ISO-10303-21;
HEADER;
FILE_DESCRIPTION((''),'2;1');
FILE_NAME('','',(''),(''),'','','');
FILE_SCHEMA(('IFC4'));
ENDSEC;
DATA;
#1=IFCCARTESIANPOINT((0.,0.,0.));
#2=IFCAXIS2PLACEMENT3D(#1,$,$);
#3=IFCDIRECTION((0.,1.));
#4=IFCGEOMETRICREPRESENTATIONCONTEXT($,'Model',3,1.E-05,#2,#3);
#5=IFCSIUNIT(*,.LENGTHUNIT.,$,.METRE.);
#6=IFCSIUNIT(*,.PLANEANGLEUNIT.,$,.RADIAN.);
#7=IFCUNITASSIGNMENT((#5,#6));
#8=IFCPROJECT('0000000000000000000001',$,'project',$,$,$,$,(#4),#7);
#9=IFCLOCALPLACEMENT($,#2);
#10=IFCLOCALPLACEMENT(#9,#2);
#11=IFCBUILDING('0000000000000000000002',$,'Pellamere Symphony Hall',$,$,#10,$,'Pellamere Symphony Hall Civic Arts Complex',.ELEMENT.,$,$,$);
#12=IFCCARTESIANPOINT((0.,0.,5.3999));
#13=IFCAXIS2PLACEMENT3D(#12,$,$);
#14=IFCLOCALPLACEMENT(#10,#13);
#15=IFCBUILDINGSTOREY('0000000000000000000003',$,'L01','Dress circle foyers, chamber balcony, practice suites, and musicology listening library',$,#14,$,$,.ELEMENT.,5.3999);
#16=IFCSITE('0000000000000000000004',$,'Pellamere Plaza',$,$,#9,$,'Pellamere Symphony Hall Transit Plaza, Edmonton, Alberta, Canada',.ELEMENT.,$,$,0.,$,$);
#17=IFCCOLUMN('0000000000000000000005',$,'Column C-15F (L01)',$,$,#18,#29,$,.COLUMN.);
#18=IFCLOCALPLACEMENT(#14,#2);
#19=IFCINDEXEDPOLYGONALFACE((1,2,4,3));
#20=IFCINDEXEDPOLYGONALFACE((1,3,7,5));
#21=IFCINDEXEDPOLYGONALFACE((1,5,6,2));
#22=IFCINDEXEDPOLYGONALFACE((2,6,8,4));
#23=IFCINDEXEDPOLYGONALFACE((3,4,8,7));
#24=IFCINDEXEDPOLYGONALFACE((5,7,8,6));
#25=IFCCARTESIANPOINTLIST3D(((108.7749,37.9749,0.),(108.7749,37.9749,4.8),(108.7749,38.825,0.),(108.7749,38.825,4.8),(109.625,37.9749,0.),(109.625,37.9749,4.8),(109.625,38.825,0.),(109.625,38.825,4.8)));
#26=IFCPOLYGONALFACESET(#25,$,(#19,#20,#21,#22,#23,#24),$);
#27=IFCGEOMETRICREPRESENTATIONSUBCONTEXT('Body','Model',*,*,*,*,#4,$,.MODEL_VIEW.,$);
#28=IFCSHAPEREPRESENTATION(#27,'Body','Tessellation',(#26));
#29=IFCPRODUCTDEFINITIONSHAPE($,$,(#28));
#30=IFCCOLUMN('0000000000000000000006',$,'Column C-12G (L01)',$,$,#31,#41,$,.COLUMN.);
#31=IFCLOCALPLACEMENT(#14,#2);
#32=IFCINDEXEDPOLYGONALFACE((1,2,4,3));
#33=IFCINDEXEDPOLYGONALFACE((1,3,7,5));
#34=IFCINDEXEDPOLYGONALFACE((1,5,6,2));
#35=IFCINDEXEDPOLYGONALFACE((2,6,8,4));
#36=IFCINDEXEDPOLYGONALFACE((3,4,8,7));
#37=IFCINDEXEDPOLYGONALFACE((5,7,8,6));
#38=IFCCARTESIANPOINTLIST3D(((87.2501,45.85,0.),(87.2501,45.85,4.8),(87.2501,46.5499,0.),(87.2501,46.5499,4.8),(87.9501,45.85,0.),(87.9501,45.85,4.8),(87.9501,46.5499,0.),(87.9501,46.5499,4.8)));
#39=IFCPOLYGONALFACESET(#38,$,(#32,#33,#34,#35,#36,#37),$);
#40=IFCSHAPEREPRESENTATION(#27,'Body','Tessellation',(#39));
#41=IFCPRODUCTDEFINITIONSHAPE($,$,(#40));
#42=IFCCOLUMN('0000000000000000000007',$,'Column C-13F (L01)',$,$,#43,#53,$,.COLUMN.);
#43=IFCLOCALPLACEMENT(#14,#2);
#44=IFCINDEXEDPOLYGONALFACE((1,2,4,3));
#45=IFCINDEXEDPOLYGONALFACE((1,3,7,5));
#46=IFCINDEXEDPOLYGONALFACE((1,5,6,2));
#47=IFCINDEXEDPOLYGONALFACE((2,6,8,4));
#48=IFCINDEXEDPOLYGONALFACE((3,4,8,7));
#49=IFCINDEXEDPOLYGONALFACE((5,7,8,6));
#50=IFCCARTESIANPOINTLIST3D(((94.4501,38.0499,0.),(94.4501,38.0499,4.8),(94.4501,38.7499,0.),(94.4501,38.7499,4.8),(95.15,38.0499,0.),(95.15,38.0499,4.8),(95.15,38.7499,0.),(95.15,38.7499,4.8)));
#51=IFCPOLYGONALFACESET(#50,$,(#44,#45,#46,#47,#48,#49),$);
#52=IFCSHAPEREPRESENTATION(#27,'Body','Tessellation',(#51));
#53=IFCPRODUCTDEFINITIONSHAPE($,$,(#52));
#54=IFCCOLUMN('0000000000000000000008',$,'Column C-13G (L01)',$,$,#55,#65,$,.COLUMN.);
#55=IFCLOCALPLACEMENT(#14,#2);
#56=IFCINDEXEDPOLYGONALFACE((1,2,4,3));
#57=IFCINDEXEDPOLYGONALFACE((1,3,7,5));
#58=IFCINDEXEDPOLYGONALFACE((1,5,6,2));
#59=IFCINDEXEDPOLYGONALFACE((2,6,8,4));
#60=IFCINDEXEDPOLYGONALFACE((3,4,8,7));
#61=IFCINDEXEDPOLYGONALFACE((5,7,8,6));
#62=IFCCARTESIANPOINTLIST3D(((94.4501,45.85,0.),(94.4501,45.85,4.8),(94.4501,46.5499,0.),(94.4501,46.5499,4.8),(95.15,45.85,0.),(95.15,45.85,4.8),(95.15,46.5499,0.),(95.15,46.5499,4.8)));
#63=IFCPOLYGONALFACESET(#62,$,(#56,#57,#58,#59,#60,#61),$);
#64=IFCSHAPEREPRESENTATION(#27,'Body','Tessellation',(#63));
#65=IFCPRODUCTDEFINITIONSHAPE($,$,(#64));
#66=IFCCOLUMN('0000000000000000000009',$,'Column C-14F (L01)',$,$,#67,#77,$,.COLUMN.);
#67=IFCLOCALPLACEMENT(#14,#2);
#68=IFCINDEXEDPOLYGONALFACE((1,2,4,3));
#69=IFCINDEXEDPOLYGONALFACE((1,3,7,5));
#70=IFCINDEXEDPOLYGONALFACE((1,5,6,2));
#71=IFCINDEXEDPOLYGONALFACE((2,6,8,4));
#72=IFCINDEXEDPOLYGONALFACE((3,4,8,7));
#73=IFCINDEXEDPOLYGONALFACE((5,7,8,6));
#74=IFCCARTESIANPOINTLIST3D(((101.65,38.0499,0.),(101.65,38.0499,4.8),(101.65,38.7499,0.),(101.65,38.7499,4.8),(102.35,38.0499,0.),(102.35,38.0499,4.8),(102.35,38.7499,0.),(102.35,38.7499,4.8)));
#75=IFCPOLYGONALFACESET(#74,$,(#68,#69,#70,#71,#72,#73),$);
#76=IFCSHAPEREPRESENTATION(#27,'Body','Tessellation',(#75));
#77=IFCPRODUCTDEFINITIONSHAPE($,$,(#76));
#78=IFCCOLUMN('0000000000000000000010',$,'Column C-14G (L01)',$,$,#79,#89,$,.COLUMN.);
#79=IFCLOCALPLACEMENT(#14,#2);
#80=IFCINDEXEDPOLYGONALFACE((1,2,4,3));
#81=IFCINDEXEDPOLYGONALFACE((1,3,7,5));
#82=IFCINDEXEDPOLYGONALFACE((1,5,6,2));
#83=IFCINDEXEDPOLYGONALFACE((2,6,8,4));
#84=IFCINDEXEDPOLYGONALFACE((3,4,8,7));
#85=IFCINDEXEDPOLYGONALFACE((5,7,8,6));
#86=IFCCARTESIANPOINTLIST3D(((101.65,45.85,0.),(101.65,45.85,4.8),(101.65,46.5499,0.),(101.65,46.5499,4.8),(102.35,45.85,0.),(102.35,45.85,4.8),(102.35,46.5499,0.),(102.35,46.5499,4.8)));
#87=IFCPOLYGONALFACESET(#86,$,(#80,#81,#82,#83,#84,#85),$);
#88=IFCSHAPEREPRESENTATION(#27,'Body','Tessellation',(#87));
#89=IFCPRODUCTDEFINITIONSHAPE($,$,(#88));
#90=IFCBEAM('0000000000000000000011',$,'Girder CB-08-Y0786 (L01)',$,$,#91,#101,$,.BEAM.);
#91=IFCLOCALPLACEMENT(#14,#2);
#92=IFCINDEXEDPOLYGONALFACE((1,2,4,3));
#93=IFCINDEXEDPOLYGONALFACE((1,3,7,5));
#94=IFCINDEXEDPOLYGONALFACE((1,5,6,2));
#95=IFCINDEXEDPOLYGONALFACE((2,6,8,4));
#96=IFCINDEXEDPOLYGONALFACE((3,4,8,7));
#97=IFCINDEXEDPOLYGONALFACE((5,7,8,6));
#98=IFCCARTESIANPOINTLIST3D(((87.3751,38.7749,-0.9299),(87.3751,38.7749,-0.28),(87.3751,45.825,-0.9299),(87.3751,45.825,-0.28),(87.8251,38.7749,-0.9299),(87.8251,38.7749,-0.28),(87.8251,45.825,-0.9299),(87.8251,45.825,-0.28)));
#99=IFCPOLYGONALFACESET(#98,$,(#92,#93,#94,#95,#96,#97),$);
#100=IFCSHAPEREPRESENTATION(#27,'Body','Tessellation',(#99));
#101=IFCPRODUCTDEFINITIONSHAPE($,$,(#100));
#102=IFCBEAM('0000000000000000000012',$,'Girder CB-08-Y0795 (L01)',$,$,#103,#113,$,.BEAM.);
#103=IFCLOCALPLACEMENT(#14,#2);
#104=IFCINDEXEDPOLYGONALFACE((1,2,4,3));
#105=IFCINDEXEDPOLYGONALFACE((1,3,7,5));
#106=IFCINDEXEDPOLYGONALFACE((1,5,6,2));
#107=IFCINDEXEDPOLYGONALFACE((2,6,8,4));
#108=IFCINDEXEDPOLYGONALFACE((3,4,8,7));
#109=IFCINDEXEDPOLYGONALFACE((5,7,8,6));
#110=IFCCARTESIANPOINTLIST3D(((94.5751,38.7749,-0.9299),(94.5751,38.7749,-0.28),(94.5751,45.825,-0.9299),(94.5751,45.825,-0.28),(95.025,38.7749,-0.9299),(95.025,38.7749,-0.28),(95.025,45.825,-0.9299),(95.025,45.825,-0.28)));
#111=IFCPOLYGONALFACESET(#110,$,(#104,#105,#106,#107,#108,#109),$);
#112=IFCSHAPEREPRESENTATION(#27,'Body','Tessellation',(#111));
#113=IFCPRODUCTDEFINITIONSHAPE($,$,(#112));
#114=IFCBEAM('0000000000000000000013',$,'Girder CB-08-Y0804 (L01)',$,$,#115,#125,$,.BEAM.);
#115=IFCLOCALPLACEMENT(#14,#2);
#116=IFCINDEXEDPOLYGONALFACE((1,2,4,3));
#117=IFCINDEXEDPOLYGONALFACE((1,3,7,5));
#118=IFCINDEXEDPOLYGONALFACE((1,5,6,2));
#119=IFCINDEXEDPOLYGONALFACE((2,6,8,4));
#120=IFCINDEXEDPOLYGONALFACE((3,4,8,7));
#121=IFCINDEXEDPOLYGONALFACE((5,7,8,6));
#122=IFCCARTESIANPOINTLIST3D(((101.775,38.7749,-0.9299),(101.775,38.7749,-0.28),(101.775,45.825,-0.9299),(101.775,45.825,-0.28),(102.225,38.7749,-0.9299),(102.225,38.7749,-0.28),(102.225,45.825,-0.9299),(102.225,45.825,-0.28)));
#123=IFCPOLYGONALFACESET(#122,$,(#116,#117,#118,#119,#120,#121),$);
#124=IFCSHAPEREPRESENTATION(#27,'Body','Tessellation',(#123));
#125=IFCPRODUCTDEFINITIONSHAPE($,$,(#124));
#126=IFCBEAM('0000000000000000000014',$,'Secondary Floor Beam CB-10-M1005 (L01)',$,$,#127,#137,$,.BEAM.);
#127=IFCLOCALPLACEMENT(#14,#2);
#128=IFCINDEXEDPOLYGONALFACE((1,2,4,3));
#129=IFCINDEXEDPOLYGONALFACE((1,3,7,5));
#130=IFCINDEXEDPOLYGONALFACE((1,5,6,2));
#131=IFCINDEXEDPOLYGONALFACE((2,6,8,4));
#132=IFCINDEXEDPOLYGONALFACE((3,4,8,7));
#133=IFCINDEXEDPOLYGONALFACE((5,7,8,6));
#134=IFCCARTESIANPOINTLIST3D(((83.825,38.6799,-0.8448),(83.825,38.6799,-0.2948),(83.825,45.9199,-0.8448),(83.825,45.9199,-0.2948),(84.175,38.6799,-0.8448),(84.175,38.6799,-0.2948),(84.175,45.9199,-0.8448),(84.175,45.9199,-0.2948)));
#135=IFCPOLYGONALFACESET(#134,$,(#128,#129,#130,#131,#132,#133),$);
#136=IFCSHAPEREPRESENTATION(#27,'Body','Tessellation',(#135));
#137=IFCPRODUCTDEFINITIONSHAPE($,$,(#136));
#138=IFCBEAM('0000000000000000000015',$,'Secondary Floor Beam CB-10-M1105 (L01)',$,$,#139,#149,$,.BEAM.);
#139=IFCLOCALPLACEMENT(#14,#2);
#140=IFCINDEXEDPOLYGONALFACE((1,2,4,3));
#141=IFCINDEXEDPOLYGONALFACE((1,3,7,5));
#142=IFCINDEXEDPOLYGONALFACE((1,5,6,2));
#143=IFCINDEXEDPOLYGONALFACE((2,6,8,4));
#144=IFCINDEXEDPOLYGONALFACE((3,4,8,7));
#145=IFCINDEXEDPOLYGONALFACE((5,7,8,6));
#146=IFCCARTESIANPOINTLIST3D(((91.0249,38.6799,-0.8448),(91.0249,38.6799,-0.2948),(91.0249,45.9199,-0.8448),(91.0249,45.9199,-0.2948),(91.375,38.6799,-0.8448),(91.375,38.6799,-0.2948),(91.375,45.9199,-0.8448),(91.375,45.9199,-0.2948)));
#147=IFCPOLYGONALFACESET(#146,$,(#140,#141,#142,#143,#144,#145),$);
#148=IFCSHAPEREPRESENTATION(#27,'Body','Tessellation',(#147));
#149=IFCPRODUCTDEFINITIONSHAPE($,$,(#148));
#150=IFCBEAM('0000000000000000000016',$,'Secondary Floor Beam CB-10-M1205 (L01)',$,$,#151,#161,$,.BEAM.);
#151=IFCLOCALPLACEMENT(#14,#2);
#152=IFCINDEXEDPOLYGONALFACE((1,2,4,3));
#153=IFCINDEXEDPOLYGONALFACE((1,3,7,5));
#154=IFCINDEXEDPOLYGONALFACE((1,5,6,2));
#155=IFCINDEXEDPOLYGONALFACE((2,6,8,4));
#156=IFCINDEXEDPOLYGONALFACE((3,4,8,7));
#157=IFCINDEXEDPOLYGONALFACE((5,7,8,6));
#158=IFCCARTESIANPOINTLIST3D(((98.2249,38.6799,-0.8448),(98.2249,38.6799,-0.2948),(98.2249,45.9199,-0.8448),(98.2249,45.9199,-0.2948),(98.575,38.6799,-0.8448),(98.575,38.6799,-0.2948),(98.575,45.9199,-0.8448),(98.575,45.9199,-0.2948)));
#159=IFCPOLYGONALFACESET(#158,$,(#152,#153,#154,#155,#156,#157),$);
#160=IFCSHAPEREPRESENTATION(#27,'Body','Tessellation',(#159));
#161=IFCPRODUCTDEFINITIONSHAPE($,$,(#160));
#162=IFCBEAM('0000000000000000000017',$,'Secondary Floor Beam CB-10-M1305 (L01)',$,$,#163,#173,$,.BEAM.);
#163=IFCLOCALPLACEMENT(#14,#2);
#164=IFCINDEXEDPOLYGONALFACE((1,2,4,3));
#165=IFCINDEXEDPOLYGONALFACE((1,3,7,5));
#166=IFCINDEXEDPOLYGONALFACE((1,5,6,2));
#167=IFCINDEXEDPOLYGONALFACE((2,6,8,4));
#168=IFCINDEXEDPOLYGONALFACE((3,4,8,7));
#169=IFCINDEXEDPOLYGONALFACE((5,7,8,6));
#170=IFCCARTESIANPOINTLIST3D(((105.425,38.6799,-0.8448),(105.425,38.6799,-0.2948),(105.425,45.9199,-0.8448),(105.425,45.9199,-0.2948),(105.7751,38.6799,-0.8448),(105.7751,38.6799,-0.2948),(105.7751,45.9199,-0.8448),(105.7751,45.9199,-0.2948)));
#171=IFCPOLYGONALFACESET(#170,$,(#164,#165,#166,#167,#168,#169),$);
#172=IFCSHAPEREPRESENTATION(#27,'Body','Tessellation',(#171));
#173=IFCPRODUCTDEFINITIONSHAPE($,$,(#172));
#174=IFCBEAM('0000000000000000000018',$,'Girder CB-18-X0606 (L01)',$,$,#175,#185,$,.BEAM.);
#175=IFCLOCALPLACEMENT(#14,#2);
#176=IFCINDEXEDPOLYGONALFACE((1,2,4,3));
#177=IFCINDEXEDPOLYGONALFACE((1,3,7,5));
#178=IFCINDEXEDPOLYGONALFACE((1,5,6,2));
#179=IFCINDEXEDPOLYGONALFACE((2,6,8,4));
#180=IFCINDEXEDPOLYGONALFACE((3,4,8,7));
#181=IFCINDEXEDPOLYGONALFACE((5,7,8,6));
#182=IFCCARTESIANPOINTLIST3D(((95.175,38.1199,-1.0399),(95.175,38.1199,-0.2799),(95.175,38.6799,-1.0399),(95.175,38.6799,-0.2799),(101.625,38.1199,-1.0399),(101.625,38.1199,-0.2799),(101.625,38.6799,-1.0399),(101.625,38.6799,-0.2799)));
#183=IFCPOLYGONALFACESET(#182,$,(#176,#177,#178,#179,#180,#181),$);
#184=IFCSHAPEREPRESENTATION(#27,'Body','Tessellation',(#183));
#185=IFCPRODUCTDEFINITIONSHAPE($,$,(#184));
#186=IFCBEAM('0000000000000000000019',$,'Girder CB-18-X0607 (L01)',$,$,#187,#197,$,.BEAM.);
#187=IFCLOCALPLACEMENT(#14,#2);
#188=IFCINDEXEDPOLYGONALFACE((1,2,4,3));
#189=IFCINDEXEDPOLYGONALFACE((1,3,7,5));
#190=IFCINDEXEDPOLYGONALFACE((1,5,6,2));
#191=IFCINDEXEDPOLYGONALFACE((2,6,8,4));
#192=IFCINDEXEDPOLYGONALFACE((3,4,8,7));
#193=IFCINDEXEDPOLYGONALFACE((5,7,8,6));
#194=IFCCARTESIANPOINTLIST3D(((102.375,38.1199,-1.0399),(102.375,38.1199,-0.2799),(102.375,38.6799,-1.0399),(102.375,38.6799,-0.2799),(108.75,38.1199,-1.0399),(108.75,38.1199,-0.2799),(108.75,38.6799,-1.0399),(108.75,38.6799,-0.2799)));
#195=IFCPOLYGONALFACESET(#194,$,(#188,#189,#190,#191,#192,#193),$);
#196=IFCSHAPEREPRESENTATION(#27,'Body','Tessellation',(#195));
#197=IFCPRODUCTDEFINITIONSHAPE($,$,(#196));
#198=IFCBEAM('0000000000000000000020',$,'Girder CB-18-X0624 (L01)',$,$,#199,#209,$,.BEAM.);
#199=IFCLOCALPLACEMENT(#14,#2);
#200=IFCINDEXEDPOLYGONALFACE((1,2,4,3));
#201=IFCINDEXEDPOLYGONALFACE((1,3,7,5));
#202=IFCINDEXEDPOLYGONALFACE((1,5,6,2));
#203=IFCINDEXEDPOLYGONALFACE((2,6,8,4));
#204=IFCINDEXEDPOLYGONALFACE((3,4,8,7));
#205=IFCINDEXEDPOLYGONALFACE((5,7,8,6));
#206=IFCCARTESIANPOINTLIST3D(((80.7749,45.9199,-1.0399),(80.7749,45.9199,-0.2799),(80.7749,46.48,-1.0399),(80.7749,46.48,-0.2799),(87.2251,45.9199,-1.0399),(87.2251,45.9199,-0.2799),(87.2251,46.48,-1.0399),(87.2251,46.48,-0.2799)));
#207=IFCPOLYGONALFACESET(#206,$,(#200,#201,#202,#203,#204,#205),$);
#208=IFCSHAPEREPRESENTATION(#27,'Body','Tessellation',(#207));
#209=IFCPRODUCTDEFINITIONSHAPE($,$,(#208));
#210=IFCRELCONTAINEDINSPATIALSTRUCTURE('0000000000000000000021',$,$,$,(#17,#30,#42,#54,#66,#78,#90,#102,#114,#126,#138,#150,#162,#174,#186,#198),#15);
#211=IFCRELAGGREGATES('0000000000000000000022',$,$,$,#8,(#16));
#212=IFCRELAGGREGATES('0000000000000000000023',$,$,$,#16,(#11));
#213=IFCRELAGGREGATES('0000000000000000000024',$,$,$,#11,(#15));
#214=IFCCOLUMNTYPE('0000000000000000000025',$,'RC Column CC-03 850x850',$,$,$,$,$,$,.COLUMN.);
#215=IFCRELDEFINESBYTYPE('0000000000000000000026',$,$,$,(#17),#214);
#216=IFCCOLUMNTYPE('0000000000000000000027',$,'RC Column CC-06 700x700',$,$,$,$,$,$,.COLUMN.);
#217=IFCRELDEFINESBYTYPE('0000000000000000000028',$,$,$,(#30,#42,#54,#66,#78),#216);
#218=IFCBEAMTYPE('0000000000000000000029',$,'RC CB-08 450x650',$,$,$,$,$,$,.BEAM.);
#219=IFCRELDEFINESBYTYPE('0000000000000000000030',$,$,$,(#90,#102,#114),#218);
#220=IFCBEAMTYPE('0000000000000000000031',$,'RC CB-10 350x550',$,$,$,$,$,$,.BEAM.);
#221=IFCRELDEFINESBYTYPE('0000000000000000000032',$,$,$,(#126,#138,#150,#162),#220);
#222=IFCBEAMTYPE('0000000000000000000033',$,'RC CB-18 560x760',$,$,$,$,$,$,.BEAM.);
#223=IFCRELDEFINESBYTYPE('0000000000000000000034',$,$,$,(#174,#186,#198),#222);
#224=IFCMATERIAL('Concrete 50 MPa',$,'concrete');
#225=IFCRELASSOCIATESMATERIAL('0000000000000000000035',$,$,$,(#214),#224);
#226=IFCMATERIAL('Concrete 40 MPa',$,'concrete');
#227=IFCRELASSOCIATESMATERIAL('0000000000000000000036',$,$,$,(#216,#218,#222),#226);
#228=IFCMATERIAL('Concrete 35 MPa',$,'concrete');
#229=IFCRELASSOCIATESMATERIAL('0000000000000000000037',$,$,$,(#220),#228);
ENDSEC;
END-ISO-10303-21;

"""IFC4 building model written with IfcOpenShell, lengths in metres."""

from ifc_helpers import new_model, si_unit, direction, frame, origin, origin_2d, place, context, subcontext, project, spatial, rectangle, extrude, material, material_profile, profile_set, type_object, element, save


model = new_model("IFC4")

# Units and contexts
model_context = context("Model", 3, precision=1e-05, world=origin(), true_north=direction((0.0, 1.0)))
body_context = subcontext(model_context, "Body", "Model", "MODEL_VIEW")
ifc_project = project(units=[si_unit("LENGTHUNIT", "METRE"), si_unit("PLANEANGLEUNIT", "RADIAN")], contexts=[model_context])

# Site, building, storey
site_placement = place(None, origin())
site = spatial("IfcSite", under=ifc_project, at=site_placement, Name="Pellamere Plaza", LongName="Pellamere Symphony Hall Transit Plaza, Edmonton, Alberta, Canada", CompositionType="ELEMENT", RefElevation=0.0)
building_placement = place(site_placement, origin())
building = spatial("IfcBuilding", under=site, at=building_placement, Name="Pellamere Symphony Hall", LongName="Pellamere Symphony Hall Civic Arts Complex", CompositionType="ELEMENT")
storey_placement = place(building_placement, frame((0.0, 0.0, 5.3999)))
storey = spatial("IfcBuildingStorey", under=building, at=storey_placement, Name="L01", Description="Dress circle foyers, chamber balcony, practice suites, and musicology listening library", CompositionType="ELEMENT", Elevation=5.3999)

# Columns
ifc_material_1 = material(Name="Concrete 50 MPa", Category="concrete")
ifc_material_profile_1 = material_profile(ifc_material_1, rectangle(XDim=0.8501, YDim=0.8501, at=origin_2d()), Name="RC 850x850")
ifc_profile_set_1 = profile_set([ifc_material_profile_1], Name="Concrete 50 MPa")
column_type_1 = type_object("IfcColumnType", Name="RC Column CC-03 850x850", PredefinedType="COLUMN", material=ifc_profile_set_1)
column_placement = place(storey_placement, frame((109.2, 38.3999, 0.0), z_axis=(0.0, 0.0, 1.0), x_axis=(1.0, 0.0, 0.0)))
element("IfcColumn", 1, at=column_placement, inside=storey, type_object=column_type_1, Name="Column C-15F (L01)", PredefinedType="COLUMN", context=body_context, shape_type="SweptSolid", body=[
    extrude(rectangle(XDim=0.8501, YDim=0.8501, at=origin_2d()), origin(), (0.0, 0.0, 1.0), 4.8),
])
ifc_material_2 = material(Name="Concrete 40 MPa", Category="concrete")
ifc_material_profile_2 = material_profile(ifc_material_2, rectangle(XDim=0.7, YDim=0.7, at=origin_2d()), Name="RC 700x700")
ifc_profile_set_2 = profile_set([ifc_material_profile_2], Name="Concrete 40 MPa")
column_type_2 = type_object("IfcColumnType", Name="RC Column CC-06 700x700", PredefinedType="COLUMN", material=ifc_profile_set_2)
for number, where, z_axis, x_axis, name in (
    (2, (87.6001, 46.2, 0.0), (0.0, 0.0, 1.0), (1.0, 0.0, 0.0), "Column C-12G (L01)"),
    (3, (94.8, 38.3999, 0.0), (0.0, 0.0, 1.0), (1.0, 0.0, 0.0), "Column C-13F (L01)"),
    (4, (94.8, 46.2, 0.0), (0.0, 0.0, 1.0), (1.0, 0.0, 0.0), "Column C-13G (L01)"),
    (5, (102.0, 38.3999, 0.0), (0.0, 0.0, 1.0), (1.0, 0.0, 0.0), "Column C-14F (L01)"),
    (6, (102.0, 46.2, 0.0), (0.0, 0.0, 1.0), (1.0, 0.0, 0.0), "Column C-14G (L01)"),
):
    element("IfcColumn", number, at=place(storey_placement, frame(where, z_axis=z_axis, x_axis=x_axis)), inside=storey, type_object=column_type_2, Name=name, PredefinedType="COLUMN", context=body_context, shape_type="SweptSolid", body=[
        extrude(rectangle(XDim=0.7, YDim=0.7, at=origin_2d()), origin(), (0.0, 0.0, 1.0), 4.8),
    ])

# Beams
ifc_material_profile_3 = material_profile(ifc_material_2, rectangle(XDim=0.45, YDim=0.6499, at=origin_2d()), Name="RC 450x650")
ifc_profile_set_3 = profile_set([ifc_material_profile_3], Name="Concrete 40 MPa")
beam_type_1 = type_object("IfcBeamType", Name="RC CB-08 450x650", PredefinedType="BEAM", material=ifc_profile_set_3)
for number, where, z_axis, x_axis, name in (
    (7, (87.6001, 38.7749, -0.605), (0.0, 1.0, 0.0), (-1.0, 0.0, 0.0), "Girder CB-08-Y0786 (L01)"),
    (8, (94.8, 38.7749, -0.605), (0.0, 1.0, 0.0), (-1.0, 0.0, 0.0), "Girder CB-08-Y0795 (L01)"),
    (9, (102.0, 38.7749, -0.605), (0.0, 1.0, 0.0), (-1.0, 0.0, 0.0), "Girder CB-08-Y0804 (L01)"),
):
    element("IfcBeam", number, at=place(storey_placement, frame(where, z_axis=z_axis, x_axis=x_axis)), inside=storey, type_object=beam_type_1, Name=name, PredefinedType="BEAM", context=body_context, shape_type="SweptSolid", body=[
        extrude(rectangle(XDim=0.45, YDim=0.6499, at=origin_2d()), origin(), (0.0, 0.0, 1.0), 7.05),
    ])
ifc_material_3 = material(Name="Concrete 35 MPa", Category="concrete")
ifc_material_profile_4 = material_profile(ifc_material_3, rectangle(XDim=0.3501, YDim=0.55, at=origin_2d()), Name="RC 350x550")
ifc_profile_set_4 = profile_set([ifc_material_profile_4], Name="Concrete 35 MPa")
beam_type_2 = type_object("IfcBeamType", Name="RC CB-10 350x550", PredefinedType="BEAM", material=ifc_profile_set_4)
for number, where, z_axis, x_axis, name in (
    (10, (84.0, 38.6799, -0.5698), (0.0, 1.0, 0.0), (-1.0, 0.0, 0.0), "Secondary Floor Beam CB-10-M1005 (L01)"),
    (11, (91.2, 38.6799, -0.5698), (0.0, 1.0, 0.0), (-1.0, 0.0, 0.0), "Secondary Floor Beam CB-10-M1105 (L01)"),
    (12, (98.3999, 38.6799, -0.5698), (0.0, 1.0, 0.0), (-1.0, 0.0, 0.0), "Secondary Floor Beam CB-10-M1205 (L01)"),
    (13, (105.6001, 38.6799, -0.5698), (0.0, 1.0, 0.0), (-1.0, 0.0, 0.0), "Secondary Floor Beam CB-10-M1305 (L01)"),
):
    element("IfcBeam", number, at=place(storey_placement, frame(where, z_axis=z_axis, x_axis=x_axis)), inside=storey, type_object=beam_type_2, Name=name, PredefinedType="BEAM", context=body_context, shape_type="SweptSolid", body=[
        extrude(rectangle(XDim=0.3501, YDim=0.55, at=origin_2d()), origin(), (0.0, 0.0, 1.0), 7.24),
    ])
ifc_material_profile_5 = material_profile(ifc_material_2, rectangle(XDim=0.5601, YDim=0.76, at=origin_2d()), Name="RC 560x760")
ifc_profile_set_5 = profile_set([ifc_material_profile_5], Name="Concrete 40 MPa")
beam_type_3 = type_object("IfcBeamType", Name="RC CB-18 560x760", PredefinedType="BEAM", material=ifc_profile_set_5)
beam_1_placement = place(storey_placement, frame((95.175, 38.3999, -0.6599), z_axis=(1.0, 0.0, 0.0), x_axis=(0.0, 1.0, 0.0)))
element("IfcBeam", 14, at=beam_1_placement, inside=storey, type_object=beam_type_3, Name="Girder CB-18-X0606 (L01)", PredefinedType="BEAM", context=body_context, shape_type="SweptSolid", body=[
    extrude(rectangle(XDim=0.5601, YDim=0.76, at=origin_2d()), origin(), (0.0, 0.0, 1.0), 6.45),
])
beam_2_placement = place(storey_placement, frame((102.375, 38.3999, -0.6599), z_axis=(1.0, 0.0, 0.0), x_axis=(0.0, 1.0, 0.0)))
element("IfcBeam", 15, at=beam_2_placement, inside=storey, type_object=beam_type_3, Name="Girder CB-18-X0607 (L01)", PredefinedType="BEAM", context=body_context, shape_type="SweptSolid", body=[
    extrude(rectangle(XDim=0.5601, YDim=0.76, at=origin_2d()), origin(), (0.0, 0.0, 1.0), 6.375),
])
beam_3_placement = place(storey_placement, frame((80.7749, 46.2, -0.6599), z_axis=(1.0, 0.0, 0.0), x_axis=(0.0, 1.0, 0.0)))
element("IfcBeam", 16, at=beam_3_placement, inside=storey, type_object=beam_type_3, Name="Girder CB-18-X0624 (L01)", PredefinedType="BEAM", context=body_context, shape_type="SweptSolid", body=[
    extrude(rectangle(XDim=0.5601, YDim=0.76, at=origin_2d()), origin(), (0.0, 0.0, 1.0), 6.4502),
])

save(model, "model.ifc")
